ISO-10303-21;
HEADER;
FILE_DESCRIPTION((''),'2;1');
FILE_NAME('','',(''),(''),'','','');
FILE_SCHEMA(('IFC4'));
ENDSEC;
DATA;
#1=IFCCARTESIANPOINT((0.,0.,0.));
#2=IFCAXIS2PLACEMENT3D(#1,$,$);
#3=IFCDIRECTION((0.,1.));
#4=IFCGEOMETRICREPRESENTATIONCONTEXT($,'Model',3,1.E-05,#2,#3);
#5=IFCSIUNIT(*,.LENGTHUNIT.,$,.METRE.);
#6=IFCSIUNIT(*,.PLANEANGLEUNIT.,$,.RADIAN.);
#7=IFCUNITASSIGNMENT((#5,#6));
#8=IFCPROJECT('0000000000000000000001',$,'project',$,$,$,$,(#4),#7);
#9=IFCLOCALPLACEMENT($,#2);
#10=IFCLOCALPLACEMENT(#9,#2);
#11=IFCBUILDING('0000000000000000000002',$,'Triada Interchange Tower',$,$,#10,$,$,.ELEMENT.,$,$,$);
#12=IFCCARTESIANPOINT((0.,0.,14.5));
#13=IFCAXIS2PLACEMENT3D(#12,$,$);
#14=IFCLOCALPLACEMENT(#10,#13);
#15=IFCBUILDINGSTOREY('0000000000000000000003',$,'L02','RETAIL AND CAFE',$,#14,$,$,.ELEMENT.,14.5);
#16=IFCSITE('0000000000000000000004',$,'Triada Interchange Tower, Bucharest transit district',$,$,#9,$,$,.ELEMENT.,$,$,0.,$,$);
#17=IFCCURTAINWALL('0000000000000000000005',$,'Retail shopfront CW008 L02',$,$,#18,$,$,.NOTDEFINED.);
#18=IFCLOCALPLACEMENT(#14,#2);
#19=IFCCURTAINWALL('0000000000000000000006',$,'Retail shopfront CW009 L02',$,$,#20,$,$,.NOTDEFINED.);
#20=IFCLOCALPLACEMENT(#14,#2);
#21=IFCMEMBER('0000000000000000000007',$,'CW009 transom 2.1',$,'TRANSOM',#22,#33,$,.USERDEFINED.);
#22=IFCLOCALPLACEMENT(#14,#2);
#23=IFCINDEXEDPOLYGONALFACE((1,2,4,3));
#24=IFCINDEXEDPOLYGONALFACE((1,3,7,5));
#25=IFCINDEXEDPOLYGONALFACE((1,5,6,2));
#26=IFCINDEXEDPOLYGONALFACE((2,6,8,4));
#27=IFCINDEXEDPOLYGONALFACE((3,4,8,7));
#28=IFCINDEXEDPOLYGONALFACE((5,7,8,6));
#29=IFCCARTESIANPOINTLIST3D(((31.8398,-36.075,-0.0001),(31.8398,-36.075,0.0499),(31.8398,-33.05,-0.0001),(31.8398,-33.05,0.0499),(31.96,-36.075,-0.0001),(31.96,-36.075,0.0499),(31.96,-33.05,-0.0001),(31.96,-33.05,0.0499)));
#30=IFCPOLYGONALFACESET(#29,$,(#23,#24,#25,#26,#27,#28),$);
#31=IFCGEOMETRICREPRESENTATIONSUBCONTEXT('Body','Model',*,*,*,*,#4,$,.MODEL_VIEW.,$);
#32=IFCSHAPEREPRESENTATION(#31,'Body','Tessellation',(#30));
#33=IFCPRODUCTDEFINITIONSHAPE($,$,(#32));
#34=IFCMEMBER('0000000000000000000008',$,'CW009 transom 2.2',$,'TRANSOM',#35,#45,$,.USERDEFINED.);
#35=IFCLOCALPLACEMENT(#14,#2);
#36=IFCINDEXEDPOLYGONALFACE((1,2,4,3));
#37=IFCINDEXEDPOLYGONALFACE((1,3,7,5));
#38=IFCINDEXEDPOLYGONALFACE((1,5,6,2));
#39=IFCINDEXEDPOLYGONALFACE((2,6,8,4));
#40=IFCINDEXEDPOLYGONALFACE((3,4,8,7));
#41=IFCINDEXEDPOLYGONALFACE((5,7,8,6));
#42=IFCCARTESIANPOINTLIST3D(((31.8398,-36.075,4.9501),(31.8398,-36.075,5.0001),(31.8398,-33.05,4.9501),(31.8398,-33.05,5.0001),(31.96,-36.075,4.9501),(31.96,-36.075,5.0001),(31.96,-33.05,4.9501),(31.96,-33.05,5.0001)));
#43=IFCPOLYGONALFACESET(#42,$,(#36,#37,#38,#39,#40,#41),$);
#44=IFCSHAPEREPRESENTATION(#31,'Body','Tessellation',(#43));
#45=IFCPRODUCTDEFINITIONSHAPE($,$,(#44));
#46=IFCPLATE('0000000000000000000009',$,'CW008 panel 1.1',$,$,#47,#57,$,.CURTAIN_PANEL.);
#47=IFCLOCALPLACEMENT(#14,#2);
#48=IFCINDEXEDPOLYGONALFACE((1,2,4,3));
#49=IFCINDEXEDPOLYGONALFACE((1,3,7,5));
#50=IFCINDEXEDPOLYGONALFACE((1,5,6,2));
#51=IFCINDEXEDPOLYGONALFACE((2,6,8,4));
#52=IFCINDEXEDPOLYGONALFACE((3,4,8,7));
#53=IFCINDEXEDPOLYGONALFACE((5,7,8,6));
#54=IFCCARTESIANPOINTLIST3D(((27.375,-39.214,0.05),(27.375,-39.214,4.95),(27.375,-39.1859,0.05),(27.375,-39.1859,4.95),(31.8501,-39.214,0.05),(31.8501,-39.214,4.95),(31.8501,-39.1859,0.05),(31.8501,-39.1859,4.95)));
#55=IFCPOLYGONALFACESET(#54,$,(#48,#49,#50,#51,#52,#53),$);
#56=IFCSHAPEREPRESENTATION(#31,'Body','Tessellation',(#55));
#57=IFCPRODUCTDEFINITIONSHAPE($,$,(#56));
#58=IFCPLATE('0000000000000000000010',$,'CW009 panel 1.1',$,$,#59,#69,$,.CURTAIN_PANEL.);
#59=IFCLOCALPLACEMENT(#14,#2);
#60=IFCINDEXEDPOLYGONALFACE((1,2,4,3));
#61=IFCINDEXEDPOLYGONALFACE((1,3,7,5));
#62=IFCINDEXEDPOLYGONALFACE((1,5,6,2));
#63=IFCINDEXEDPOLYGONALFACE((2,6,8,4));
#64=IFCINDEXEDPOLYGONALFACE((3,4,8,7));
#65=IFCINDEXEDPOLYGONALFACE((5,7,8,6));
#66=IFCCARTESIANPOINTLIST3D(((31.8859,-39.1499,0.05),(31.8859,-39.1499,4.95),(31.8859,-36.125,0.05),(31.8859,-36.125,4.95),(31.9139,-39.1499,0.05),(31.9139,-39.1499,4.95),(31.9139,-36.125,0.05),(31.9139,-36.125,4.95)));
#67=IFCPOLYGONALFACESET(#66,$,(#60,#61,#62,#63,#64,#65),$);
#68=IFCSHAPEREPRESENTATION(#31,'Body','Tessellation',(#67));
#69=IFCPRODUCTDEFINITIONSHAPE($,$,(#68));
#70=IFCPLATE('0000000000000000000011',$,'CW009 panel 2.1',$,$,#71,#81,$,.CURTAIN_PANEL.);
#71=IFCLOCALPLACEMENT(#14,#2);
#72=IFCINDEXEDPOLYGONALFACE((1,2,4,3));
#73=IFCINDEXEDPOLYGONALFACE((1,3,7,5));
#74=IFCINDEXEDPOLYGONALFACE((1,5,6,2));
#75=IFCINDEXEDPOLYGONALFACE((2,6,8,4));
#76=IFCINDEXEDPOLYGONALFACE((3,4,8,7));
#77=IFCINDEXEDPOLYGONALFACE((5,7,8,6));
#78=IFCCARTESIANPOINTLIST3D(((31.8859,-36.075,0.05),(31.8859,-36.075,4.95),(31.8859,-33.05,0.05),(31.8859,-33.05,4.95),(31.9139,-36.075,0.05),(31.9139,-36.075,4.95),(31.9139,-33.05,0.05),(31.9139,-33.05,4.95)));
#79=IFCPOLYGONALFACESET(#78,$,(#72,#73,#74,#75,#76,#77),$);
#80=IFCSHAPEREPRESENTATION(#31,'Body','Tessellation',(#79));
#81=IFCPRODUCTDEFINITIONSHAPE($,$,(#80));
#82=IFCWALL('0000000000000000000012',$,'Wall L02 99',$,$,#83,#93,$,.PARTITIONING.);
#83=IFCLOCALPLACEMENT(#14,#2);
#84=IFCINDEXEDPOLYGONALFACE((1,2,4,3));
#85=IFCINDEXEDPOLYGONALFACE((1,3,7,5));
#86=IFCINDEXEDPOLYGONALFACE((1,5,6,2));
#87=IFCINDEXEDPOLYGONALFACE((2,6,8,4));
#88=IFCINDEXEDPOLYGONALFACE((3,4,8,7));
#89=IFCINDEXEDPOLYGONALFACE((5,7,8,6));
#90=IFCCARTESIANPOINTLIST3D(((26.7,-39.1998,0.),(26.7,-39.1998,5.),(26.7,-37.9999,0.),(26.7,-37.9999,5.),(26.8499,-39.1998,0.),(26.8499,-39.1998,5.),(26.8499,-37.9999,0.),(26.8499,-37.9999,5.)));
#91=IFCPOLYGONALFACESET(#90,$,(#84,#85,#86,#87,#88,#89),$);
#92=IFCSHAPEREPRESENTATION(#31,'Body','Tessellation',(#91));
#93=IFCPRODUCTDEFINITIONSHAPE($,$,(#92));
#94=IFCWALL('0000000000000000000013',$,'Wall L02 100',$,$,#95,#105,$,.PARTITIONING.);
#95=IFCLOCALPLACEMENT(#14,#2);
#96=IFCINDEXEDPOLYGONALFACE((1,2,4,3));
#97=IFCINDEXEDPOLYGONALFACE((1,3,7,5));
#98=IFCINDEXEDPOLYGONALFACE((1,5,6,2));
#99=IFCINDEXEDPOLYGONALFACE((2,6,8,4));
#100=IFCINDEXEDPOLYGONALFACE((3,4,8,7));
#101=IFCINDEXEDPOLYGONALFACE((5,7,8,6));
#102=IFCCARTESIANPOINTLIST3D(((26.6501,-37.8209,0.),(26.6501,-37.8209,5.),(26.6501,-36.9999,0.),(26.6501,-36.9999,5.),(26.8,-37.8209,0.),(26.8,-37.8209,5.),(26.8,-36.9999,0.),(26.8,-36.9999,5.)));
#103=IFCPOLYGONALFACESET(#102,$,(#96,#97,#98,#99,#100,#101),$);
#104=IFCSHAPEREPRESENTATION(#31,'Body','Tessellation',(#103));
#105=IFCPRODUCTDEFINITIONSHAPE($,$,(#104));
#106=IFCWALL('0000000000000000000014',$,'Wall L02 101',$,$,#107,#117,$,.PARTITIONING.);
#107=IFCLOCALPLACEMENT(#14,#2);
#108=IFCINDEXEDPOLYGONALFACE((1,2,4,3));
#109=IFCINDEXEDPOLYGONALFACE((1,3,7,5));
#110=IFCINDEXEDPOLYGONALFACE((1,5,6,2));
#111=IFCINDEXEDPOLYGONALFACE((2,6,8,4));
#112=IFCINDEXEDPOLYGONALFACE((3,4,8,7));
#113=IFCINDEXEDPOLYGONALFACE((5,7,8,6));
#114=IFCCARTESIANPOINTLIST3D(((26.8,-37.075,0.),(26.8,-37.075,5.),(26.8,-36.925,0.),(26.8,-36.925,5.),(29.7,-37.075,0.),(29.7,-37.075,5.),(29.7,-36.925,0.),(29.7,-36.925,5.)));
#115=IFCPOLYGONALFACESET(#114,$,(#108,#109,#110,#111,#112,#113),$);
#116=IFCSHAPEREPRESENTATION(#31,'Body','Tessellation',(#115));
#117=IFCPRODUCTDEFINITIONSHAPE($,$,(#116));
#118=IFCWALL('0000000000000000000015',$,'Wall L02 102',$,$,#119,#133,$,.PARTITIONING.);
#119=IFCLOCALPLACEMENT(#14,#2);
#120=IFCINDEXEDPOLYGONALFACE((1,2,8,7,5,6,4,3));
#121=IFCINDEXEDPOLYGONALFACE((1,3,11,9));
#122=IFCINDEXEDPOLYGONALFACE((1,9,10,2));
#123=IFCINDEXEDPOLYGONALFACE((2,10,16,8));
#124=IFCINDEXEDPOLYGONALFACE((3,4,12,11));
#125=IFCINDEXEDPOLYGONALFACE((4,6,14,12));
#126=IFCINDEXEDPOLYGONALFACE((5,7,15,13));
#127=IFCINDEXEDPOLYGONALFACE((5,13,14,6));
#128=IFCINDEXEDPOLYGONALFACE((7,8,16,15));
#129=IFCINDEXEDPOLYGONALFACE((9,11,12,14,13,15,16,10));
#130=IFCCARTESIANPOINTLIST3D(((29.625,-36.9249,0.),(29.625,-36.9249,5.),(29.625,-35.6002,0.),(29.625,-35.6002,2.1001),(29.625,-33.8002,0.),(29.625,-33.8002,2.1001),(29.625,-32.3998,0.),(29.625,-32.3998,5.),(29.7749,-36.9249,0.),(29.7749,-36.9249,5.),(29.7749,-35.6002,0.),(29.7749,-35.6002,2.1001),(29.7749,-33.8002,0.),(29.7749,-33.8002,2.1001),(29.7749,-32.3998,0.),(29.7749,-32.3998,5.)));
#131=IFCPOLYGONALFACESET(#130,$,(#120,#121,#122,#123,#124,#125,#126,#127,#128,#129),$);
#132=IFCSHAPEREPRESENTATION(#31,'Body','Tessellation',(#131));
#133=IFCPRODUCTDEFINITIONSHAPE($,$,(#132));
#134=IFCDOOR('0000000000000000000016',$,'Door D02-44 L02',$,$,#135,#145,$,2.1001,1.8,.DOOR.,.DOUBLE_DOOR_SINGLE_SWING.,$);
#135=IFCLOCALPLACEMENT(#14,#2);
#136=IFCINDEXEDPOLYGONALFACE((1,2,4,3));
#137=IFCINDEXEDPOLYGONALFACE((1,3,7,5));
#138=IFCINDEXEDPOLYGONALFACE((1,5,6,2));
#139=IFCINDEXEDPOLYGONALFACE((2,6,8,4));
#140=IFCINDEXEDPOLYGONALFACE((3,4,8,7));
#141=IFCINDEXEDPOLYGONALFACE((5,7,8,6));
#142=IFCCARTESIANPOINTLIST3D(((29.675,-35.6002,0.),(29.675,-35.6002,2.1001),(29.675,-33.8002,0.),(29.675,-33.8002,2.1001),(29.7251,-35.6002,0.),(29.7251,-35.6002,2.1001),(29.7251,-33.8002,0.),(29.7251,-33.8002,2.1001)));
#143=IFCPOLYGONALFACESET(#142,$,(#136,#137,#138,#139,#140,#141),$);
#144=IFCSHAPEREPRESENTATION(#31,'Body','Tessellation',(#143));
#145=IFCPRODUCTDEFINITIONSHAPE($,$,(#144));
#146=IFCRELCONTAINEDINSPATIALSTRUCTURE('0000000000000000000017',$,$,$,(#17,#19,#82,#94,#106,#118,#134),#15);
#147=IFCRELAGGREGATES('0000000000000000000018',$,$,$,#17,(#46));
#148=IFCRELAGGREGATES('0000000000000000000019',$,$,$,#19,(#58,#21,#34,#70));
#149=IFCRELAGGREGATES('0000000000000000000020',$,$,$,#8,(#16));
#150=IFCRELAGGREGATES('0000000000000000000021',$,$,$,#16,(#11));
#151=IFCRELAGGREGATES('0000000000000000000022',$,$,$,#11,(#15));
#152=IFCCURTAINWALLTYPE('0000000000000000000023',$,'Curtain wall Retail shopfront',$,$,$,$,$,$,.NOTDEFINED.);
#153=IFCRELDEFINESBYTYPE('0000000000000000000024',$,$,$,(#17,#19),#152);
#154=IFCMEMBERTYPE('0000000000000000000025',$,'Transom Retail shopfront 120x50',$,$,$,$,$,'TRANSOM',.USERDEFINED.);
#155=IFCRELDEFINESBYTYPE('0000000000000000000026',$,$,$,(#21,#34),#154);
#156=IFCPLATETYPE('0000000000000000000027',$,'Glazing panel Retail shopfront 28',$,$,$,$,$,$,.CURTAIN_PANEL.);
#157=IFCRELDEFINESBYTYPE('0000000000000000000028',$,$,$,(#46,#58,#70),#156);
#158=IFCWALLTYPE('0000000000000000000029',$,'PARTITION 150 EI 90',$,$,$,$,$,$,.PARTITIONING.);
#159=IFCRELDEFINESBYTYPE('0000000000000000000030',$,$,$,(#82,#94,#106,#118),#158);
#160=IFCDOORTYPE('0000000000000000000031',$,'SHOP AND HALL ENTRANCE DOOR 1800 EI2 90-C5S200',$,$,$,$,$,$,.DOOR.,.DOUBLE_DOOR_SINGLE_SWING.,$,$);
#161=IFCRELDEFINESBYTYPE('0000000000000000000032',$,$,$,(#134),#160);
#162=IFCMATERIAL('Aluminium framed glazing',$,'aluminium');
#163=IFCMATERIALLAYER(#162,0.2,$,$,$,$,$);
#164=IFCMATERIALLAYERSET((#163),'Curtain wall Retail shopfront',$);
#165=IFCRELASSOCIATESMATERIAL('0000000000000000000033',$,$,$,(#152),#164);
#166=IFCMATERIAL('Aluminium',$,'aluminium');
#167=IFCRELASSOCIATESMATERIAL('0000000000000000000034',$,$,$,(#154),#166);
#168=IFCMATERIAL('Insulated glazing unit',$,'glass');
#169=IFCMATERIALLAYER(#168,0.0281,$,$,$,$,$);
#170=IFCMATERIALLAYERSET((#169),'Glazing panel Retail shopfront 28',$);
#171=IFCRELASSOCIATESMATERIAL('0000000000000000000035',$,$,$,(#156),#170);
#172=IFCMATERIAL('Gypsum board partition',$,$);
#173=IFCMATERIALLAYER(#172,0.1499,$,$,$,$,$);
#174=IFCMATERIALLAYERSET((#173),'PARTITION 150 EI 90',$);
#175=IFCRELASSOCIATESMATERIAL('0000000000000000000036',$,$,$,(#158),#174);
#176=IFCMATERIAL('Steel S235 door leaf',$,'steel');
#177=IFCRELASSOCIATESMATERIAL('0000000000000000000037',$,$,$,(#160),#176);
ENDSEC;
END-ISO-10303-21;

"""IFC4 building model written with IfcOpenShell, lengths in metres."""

from ifc_helpers import new_model, si_unit, direction, frame, frame_2d, origin, origin_2d, place, context, subcontext, project, spatial, rectangle, extrude, material, layer, layer_set, material_profile, profile_set, type_object, element, fill, aggregate, save


model = new_model("IFC4")

# Units and contexts
model_context = context("Model", 3, precision=1e-05, world=origin(), true_north=direction((0.0, 1.0)))
body_context = subcontext(model_context, "Body", "Model", "MODEL_VIEW")
ifc_project = project(units=[si_unit("LENGTHUNIT", "METRE"), si_unit("PLANEANGLEUNIT", "RADIAN")], contexts=[model_context])

# Site, building, storey
site_placement = place(None, origin())
site = spatial("IfcSite", under=ifc_project, at=site_placement, Name="Triada Interchange Tower, Bucharest transit district", CompositionType="ELEMENT", RefElevation=0.0)
building_placement = place(site_placement, origin())
building = spatial("IfcBuilding", under=site, at=building_placement, Name="Triada Interchange Tower", CompositionType="ELEMENT")
storey_placement = place(building_placement, frame((0.0, 0.0, 14.5)))
storey = spatial("IfcBuildingStorey", under=building, at=storey_placement, Name="L02", Description="RETAIL AND CAFE", CompositionType="ELEMENT", Elevation=14.5)

# Curtain walls
ifc_material_1 = material(Name="Aluminium framed glazing", Category="aluminium")
ifc_layer_1 = layer(ifc_material_1, 0.2)
ifc_layer_set_1 = layer_set([ifc_layer_1], Name="Curtain wall Retail shopfront")
curtain_wall_type = type_object("IfcCurtainWallType", Name="Curtain wall Retail shopfront", PredefinedType="NOTDEFINED", material=ifc_layer_set_1)
curtain_wall_1_placement = place(storey_placement, origin())
curtain_wall_1 = element("IfcCurtainWall", 1, at=curtain_wall_1_placement, inside=storey, type_object=curtain_wall_type, Name="Retail shopfront CW008 L02", PredefinedType="NOTDEFINED")
ifc_material_2 = material(Name="Aluminium", Category="aluminium")
curtain_wall_2_placement = place(storey_placement, origin())
curtain_wall_2 = element("IfcCurtainWall", 2, at=curtain_wall_2_placement, inside=storey, type_object=curtain_wall_type, Name="Retail shopfront CW009 L02", PredefinedType="NOTDEFINED")

# Members
ifc_material_profile_1 = material_profile(ifc_material_2, rectangle(XDim=0.1201, YDim=0.05, at=origin_2d()), Name="Aluminium transom")
ifc_profile_set_1 = profile_set([ifc_material_profile_1], Name="Aluminium")
member_type_1 = type_object("IfcMemberType", Name="Transom Retail shopfront 120x50", ElementType="TRANSOM", PredefinedType="USERDEFINED", material=ifc_profile_set_1)
member_1_placement = place(storey_placement, frame((31.8999, -36.075, 0.0249), z_axis=(0.0, 1.0, 0.0), x_axis=(-1.0, 0.0, 0.0)))
member_1 = element("IfcMember", 3, at=member_1_placement, type_object=member_type_1, Name="CW009 transom 2.1", ObjectType="TRANSOM", PredefinedType="USERDEFINED", context=body_context, shape_type="SweptSolid", body=[
    extrude(rectangle(XDim=0.1201, YDim=0.05, at=origin_2d()), origin(), (0.0, 0.0, 1.0), 3.0249),
])
member_2_placement = place(storey_placement, frame((31.8999, -36.075, 4.9751), z_axis=(0.0, 1.0, 0.0), x_axis=(-1.0, 0.0, 0.0)))
member_2 = element("IfcMember", 4, at=member_2_placement, type_object=member_type_1, Name="CW009 transom 2.2", ObjectType="TRANSOM", PredefinedType="USERDEFINED", context=body_context, shape_type="SweptSolid", body=[
    extrude(rectangle(XDim=0.1201, YDim=0.05, at=origin_2d()), origin(), (0.0, 0.0, 1.0), 3.0249),
])

# Plates
ifc_material_3 = material(Name="Insulated glazing unit", Category="glass")
ifc_layer_2 = layer(ifc_material_3, 0.0281)
ifc_layer_set_2 = layer_set([ifc_layer_2], Name="Glazing panel Retail shopfront 28")
plate_type = type_object("IfcPlateType", Name="Glazing panel Retail shopfront 28", PredefinedType="CURTAIN_PANEL", material=ifc_layer_set_2)
plate_1_placement = place(storey_placement, frame((29.6125, -39.2, 0.05), z_axis=(0.0, 0.0, 1.0), x_axis=(1.0, 0.0, 0.0)))
plate_1 = element("IfcPlate", 5, at=plate_1_placement, type_object=plate_type, Name="CW008 panel 1.1", PredefinedType="CURTAIN_PANEL", context=body_context, shape_type="SweptSolid", body=[
    extrude(rectangle(XDim=4.4751, YDim=0.0281, at=origin_2d()), origin(), (0.0, 0.0, 1.0), 4.8999),
])
aggregate(curtain_wall_1, [plate_1])
plate_2_placement = place(storey_placement, frame((31.8999, -37.6375, 0.05), z_axis=(0.0, 0.0, 1.0), x_axis=(0.0, 1.0, 0.0)))
plate_2 = element("IfcPlate", 6, at=plate_2_placement, type_object=plate_type, Name="CW009 panel 1.1", PredefinedType="CURTAIN_PANEL", context=body_context, shape_type="SweptSolid", body=[
    extrude(rectangle(XDim=3.0249, YDim=0.0281, at=origin_2d()), origin(), (0.0, 0.0, 1.0), 4.8999),
])
plate_3_placement = place(storey_placement, frame((31.8999, -34.5625, 0.05), z_axis=(0.0, 0.0, 1.0), x_axis=(0.0, 1.0, 0.0)))
plate_3 = element("IfcPlate", 7, at=plate_3_placement, type_object=plate_type, Name="CW009 panel 2.1", PredefinedType="CURTAIN_PANEL", context=body_context, shape_type="SweptSolid", body=[
    extrude(rectangle(XDim=3.0249, YDim=0.0281, at=origin_2d()), origin(), (0.0, 0.0, 1.0), 4.8999),
])
aggregate(curtain_wall_2, [plate_2, member_1, member_2, plate_3])

# Walls
ifc_material_4 = material(Name="Gypsum board partition")
ifc_layer_3 = layer(ifc_material_4, 0.1499)
ifc_layer_set_3 = layer_set([ifc_layer_3], Name="PARTITION 150 EI 90")
wall_type = type_object("IfcWallType", Name="PARTITION 150 EI 90", PredefinedType="PARTITIONING", material=ifc_layer_set_3)
wall_1_placement = place(storey_placement, frame((26.7749, -39.2, 0.0), z_axis=(0.0, 0.0, 1.0), x_axis=(0.0, 1.0, 0.0)))
element("IfcWall", 8, at=wall_1_placement, inside=storey, type_object=wall_type, Name="Wall L02 99", PredefinedType="PARTITIONING", context=body_context, shape_type="SweptSolid", body=[
    extrude(rectangle(XDim=1.2, YDim=0.1499, at=frame_2d((0.6001, 0.0))), origin(), (0.0, 0.0, 1.0), 5.0),
])
wall_2_placement = place(storey_placement, frame((26.7251, -37.821, 0.0), z_axis=(0.0, 0.0, 1.0), x_axis=(0.0, 1.0, 0.0)))
element("IfcWall", 9, at=wall_2_placement, inside=storey, type_object=wall_type, Name="Wall L02 100", PredefinedType="PARTITIONING", context=body_context, shape_type="SweptSolid", body=[
    extrude(rectangle(XDim=0.821, YDim=0.1499, at=frame_2d((0.4106, 0.0))), origin(), (0.0, 0.0, 1.0), 5.0),
])
wall_3_placement = place(storey_placement, frame((26.8, -37.0, 0.0), z_axis=(0.0, 0.0, 1.0), x_axis=(1.0, 0.0, 0.0)))
element("IfcWall", 10, at=wall_3_placement, inside=storey, type_object=wall_type, Name="Wall L02 101", PredefinedType="PARTITIONING", context=body_context, shape_type="SweptSolid", body=[
    extrude(rectangle(XDim=2.8999, YDim=0.1499, at=frame_2d((1.45, 0.0))), origin(), (0.0, 0.0, 1.0), 5.0),
])

# Wall, opening, door
wall_4_placement = place(storey_placement, frame((29.7, -36.925, 0.0), z_axis=(0.0, 0.0, 1.0), x_axis=(0.0, 1.0, 0.0)))
wall_4 = element("IfcWall", 11, at=wall_4_placement, inside=storey, type_object=wall_type, Name="Wall L02 102", PredefinedType="PARTITIONING", context=body_context, shape_type="SweptSolid", body=[
    extrude(rectangle(XDim=4.5251, YDim=0.1499, at=frame_2d((2.2627, 0.0))), origin(), (0.0, 0.0, 1.0), 5.0),
])
opening_placement = place(wall_4_placement, frame((1.325, 0.0, 0.0)))
opening = element("IfcOpeningElement", 12, at=opening_placement, cuts=wall_4, PredefinedType="OPENING", context=body_context, shape_type="SweptSolid", body=[
    extrude(rectangle(XDim=1.8, YDim=2.1001, at=frame_2d((0.8999, 1.05))), frame((0.0, 0.085, 0.0), z_axis=(0.0, -1.0, 0.0), x_axis=(1.0, 0.0, 0.0)), (0.0, 0.0, 1.0), 0.1699),
])
ifc_material_5 = material(Name="Steel S235 door leaf", Category="steel")
door_type = type_object("IfcDoorType", Name="SHOP AND HALL ENTRANCE DOOR 1800 EI2 90-C5S200", OperationType="DOUBLE_DOOR_SINGLE_SWING", PredefinedType="DOOR", material=ifc_material_5)
door_placement = place(opening_placement, origin())
door = element("IfcDoor", 13, at=door_placement, inside=storey, type_object=door_type, Name="Door D02-44 L02", OperationType="DOUBLE_DOOR_SINGLE_SWING", OverallHeight=2.1001, OverallWidth=1.8, PredefinedType="DOOR", context=body_context, shape_type="SweptSolid", body=[
    extrude(rectangle(XDim=1.8, YDim=2.1001, at=frame_2d((0.8999, 1.05))), frame((0.0, 0.0249, 0.0), z_axis=(0.0, -1.0, 0.0), x_axis=(1.0, 0.0, 0.0)), (0.0, 0.0, 1.0), 0.05),
])
fill(opening, door)

save(model, "model.ifc")
